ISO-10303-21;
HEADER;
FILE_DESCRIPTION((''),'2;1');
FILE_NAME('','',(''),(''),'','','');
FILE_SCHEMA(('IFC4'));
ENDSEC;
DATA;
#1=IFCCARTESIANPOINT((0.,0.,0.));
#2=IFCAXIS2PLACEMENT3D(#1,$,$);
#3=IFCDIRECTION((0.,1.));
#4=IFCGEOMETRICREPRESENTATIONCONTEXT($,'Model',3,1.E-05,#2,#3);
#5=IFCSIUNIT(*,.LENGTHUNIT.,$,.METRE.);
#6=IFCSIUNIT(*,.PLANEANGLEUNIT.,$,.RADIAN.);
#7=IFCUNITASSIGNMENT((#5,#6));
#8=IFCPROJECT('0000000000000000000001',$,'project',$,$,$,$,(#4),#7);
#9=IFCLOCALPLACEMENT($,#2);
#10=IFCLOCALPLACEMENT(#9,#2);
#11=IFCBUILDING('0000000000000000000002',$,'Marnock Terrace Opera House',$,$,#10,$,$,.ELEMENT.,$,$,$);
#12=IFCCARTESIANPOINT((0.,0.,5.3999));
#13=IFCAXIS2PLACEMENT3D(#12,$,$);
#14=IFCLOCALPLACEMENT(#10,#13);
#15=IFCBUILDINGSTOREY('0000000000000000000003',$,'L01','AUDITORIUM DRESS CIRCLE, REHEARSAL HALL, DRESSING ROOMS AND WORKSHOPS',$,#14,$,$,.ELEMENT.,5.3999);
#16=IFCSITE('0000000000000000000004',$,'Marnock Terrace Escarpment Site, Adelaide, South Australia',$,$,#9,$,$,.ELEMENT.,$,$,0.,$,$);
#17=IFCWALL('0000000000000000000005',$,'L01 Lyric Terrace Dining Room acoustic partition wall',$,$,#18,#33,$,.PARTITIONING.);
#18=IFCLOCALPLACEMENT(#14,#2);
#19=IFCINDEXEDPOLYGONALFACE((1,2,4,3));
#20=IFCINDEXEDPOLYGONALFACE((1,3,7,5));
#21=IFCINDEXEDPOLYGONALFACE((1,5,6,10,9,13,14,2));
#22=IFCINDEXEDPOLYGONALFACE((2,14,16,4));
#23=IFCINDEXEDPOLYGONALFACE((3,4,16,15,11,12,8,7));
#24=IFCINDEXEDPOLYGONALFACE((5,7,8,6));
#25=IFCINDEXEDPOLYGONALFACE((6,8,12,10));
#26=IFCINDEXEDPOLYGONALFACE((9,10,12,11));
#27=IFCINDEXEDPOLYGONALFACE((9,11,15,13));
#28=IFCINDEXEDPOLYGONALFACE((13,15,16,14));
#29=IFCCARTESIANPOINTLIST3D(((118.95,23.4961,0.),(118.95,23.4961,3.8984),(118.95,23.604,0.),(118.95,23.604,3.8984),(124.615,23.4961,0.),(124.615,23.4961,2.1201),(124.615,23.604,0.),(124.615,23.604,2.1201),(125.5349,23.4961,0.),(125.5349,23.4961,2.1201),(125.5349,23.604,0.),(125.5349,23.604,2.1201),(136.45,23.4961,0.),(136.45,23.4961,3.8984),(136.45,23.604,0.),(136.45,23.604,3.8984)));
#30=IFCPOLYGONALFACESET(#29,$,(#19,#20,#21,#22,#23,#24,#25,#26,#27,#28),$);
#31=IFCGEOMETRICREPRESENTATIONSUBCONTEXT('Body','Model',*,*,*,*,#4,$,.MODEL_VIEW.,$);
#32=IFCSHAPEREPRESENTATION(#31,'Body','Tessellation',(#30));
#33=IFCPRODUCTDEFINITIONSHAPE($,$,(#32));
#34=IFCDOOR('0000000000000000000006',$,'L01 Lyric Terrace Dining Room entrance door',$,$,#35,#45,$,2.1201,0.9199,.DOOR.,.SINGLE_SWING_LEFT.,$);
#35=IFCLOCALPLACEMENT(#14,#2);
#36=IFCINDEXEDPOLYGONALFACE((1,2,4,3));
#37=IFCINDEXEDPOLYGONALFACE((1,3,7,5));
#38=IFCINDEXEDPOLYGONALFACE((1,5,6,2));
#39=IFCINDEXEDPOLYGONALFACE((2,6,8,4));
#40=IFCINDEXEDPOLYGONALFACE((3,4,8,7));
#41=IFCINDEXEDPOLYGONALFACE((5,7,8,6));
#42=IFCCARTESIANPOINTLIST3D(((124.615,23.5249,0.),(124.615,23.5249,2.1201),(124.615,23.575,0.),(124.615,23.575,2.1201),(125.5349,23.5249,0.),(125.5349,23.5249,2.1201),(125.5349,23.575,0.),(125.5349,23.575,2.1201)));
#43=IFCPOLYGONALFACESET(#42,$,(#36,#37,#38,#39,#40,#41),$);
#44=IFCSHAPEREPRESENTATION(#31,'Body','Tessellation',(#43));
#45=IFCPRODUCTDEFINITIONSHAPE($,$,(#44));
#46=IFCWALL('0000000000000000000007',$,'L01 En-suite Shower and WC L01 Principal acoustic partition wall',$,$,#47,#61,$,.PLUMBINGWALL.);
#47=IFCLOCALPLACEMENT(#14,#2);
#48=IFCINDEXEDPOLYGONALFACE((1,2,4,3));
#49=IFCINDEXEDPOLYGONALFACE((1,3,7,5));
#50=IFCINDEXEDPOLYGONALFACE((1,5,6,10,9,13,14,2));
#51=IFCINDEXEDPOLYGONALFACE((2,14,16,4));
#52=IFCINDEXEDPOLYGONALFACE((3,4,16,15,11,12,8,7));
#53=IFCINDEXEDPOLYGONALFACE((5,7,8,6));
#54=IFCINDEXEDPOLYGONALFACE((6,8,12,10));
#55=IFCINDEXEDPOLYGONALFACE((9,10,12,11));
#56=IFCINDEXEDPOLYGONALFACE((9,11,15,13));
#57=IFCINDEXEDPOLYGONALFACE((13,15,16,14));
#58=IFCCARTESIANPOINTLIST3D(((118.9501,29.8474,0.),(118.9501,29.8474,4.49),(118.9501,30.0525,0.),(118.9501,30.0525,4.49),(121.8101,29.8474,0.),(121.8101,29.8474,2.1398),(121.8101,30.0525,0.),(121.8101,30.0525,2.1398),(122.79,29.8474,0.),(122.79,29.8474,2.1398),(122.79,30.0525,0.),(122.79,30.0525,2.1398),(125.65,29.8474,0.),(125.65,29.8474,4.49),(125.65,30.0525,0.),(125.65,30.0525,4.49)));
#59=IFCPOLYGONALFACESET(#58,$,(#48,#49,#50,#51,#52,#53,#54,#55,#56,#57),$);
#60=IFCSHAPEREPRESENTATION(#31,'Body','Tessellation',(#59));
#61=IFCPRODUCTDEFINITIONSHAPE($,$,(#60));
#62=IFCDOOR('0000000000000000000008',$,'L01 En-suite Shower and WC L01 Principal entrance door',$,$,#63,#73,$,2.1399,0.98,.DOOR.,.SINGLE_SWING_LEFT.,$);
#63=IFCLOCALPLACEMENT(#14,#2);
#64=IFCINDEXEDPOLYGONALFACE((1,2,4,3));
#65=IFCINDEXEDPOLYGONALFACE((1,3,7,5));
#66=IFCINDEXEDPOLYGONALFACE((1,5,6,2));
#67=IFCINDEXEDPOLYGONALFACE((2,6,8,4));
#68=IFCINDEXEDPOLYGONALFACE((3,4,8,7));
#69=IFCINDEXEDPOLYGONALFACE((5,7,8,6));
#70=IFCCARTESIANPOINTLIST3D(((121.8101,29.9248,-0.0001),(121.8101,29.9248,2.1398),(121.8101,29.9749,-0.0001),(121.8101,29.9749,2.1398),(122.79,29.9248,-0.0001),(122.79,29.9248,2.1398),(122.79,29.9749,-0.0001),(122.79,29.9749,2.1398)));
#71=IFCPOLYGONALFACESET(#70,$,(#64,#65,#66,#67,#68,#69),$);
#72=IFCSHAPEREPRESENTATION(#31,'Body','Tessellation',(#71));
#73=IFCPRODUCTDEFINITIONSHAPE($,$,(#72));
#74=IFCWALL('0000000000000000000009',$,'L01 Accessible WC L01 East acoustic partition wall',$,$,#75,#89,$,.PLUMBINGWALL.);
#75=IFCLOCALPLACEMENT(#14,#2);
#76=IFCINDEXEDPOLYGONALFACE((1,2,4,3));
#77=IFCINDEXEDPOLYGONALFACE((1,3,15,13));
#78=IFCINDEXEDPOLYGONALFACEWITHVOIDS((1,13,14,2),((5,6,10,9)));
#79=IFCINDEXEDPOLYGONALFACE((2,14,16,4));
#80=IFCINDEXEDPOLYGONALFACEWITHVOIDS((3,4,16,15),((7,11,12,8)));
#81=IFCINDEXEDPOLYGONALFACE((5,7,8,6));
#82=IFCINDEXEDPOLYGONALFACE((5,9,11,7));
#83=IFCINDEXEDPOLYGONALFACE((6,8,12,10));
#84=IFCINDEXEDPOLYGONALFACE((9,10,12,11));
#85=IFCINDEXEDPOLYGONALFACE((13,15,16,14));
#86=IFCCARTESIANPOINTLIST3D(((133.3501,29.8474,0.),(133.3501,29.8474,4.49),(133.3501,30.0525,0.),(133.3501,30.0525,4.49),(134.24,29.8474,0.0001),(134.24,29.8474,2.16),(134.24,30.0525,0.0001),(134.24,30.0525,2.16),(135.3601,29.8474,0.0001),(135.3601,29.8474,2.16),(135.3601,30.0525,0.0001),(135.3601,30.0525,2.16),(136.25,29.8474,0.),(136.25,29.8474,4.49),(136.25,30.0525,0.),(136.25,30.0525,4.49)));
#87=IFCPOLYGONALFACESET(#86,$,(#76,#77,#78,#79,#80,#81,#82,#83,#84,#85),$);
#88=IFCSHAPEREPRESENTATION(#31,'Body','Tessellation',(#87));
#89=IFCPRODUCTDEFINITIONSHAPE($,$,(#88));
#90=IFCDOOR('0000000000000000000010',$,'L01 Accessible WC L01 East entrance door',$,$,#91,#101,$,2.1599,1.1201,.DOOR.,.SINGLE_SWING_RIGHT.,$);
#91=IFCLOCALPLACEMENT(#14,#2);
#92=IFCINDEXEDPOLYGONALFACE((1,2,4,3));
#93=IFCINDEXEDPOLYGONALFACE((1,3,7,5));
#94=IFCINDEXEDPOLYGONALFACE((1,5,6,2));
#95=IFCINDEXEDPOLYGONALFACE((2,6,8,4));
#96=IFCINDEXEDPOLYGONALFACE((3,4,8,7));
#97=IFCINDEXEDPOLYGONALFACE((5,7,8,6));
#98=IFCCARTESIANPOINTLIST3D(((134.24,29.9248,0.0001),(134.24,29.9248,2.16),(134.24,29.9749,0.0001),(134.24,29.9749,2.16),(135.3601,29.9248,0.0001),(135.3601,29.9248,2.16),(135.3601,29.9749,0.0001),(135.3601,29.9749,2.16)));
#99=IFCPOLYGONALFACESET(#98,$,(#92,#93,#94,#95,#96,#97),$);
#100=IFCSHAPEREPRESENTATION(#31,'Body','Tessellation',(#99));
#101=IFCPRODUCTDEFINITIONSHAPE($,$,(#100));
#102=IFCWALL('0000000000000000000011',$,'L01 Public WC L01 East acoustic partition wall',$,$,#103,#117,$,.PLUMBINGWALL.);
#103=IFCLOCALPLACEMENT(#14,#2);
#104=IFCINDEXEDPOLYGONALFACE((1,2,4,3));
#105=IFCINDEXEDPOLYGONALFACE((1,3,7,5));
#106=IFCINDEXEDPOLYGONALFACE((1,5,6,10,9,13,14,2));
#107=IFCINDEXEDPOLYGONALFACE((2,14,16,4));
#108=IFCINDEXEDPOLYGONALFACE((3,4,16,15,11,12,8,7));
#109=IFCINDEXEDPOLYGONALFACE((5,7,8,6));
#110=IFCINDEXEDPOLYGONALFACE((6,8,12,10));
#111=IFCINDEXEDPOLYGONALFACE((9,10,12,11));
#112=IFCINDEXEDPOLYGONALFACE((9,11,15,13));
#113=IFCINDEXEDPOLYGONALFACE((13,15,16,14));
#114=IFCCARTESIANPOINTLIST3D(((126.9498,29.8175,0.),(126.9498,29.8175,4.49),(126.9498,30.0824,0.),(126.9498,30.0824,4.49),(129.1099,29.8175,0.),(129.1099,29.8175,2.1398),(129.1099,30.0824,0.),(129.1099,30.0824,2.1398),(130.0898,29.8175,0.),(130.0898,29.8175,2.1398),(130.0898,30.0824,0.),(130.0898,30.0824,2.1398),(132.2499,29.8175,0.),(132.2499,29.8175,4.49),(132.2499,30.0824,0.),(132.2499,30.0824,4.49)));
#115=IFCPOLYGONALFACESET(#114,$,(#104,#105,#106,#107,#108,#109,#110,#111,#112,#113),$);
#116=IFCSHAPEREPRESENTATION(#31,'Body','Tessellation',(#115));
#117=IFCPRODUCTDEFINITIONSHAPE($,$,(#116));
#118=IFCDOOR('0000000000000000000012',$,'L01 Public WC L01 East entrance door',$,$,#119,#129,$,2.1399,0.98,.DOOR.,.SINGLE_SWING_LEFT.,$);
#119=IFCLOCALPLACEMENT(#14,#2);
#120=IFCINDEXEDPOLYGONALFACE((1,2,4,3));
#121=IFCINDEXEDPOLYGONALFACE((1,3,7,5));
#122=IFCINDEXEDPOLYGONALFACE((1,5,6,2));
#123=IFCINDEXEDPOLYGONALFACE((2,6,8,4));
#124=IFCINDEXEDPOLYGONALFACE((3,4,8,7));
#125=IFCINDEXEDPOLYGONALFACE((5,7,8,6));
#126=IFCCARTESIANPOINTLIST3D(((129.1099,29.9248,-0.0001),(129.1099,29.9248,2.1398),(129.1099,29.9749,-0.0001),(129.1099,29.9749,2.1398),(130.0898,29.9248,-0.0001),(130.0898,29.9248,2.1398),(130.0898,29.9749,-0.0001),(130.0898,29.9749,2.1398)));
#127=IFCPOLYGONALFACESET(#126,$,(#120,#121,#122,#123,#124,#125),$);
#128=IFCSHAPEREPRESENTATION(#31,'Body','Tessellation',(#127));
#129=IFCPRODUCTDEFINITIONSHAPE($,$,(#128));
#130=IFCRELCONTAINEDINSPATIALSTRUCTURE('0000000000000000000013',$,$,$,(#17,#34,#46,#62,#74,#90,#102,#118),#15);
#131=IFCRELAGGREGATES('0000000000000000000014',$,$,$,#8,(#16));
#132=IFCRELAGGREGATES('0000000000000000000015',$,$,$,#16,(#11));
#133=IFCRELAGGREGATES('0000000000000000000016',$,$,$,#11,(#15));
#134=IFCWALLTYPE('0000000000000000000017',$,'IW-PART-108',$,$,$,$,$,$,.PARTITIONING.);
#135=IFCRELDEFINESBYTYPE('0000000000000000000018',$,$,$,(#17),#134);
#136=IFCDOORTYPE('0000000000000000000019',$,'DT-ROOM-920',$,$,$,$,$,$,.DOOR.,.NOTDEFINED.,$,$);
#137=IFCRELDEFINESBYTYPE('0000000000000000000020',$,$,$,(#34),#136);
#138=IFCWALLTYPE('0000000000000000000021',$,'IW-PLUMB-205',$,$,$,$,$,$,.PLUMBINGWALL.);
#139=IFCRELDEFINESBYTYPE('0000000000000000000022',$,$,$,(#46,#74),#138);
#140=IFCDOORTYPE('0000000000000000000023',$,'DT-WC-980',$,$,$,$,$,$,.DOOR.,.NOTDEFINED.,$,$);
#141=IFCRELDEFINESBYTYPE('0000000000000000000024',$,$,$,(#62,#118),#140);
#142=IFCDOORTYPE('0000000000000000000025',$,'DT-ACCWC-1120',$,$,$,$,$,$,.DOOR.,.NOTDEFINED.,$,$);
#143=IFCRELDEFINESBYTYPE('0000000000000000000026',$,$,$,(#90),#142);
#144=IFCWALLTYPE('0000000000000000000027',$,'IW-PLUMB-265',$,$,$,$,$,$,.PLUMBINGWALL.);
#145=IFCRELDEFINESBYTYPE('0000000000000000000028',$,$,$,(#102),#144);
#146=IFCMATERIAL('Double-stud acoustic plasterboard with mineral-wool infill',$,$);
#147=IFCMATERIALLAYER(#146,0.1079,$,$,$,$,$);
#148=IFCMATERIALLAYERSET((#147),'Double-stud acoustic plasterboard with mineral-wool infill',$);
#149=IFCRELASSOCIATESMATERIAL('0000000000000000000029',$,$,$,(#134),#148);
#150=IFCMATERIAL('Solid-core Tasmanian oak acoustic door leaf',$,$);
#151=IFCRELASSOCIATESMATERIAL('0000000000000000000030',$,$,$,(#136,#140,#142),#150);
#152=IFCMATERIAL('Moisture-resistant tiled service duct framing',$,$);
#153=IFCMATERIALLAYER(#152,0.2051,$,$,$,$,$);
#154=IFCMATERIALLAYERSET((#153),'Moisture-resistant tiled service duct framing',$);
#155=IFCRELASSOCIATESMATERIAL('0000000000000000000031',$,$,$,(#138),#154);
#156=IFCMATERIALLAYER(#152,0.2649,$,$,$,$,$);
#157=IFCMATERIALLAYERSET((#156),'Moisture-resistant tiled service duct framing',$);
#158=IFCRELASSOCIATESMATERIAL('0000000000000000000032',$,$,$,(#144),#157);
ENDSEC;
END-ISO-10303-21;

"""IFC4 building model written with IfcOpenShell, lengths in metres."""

from ifc_helpers import new_model, si_unit, direction, frame, frame_2d, origin, place, context, subcontext, project, spatial, rectangle, extrude, material, layer, layer_set, type_object, element, fill, save


model = new_model("IFC4")

# Units and contexts
model_context = context("Model", 3, precision=1e-05, world=origin(), true_north=direction((0.0, 1.0)))
body_context = subcontext(model_context, "Body", "Model", "MODEL_VIEW")
ifc_project = project(units=[si_unit("LENGTHUNIT", "METRE"), si_unit("PLANEANGLEUNIT", "RADIAN")], contexts=[model_context])

# Site, building, storey
site_placement = place(None, origin())
site = spatial("IfcSite", under=ifc_project, at=site_placement, Name="Marnock Terrace Escarpment Site, Adelaide, South Australia", CompositionType="ELEMENT", RefElevation=0.0)
building_placement = place(site_placement, origin())
building = spatial("IfcBuilding", under=site, at=building_placement, Name="Marnock Terrace Opera House", CompositionType="ELEMENT")
storey_placement = place(building_placement, frame((0.0, 0.0, 5.3999)))
storey = spatial("IfcBuildingStorey", under=building, at=storey_placement, Name="L01", Description="AUDITORIUM DRESS CIRCLE, REHEARSAL HALL, DRESSING ROOMS AND WORKSHOPS", CompositionType="ELEMENT", Elevation=5.3999)

# Walls, openings, doors
ifc_material_1 = material(Name="Double-stud acoustic plasterboard with mineral-wool infill")
ifc_layer_1 = layer(ifc_material_1, 0.1079)
ifc_layer_set_1 = layer_set([ifc_layer_1], Name="Double-stud acoustic plasterboard with mineral-wool infill")
wall_type_1 = type_object("IfcWallType", Name="IW-PART-108", PredefinedType="PARTITIONING", material=ifc_layer_set_1)
wall_1_placement = place(storey_placement, frame((118.95, 23.55, 0.0), z_axis=(0.0, 0.0, 1.0), x_axis=(1.0, 0.0, 0.0)))
wall_1 = element("IfcWall", 1, at=wall_1_placement, inside=storey, type_object=wall_type_1, Name="L01 Lyric Terrace Dining Room acoustic partition wall", PredefinedType="PARTITIONING", context=body_context, shape_type="SweptSolid", body=[
    extrude(rectangle(XDim=17.5, YDim=0.1079, at=frame_2d((8.75, 0.0))), origin(), (0.0, 0.0, 1.0), 3.8984),
])
opening_1_placement = place(wall_1_placement, frame((5.665, 0.0, 0.0)))
opening_1 = element("IfcOpeningElement", 2, at=opening_1_placement, cuts=wall_1, PredefinedType="OPENING", context=body_context, shape_type="SweptSolid", body=[
    extrude(rectangle(XDim=0.9199, YDim=2.1201, at=frame_2d((0.46, 1.0601))), frame((0.0, 0.064, 0.0), z_axis=(0.0, -1.0, 0.0), x_axis=(1.0, 0.0, 0.0)), (0.0, 0.0, 1.0), 0.1279),
])
ifc_material_2 = material(Name="Solid-core Tasmanian oak acoustic door leaf")
door_type_1 = type_object("IfcDoorType", Name="DT-ROOM-920", OperationType="NOTDEFINED", PredefinedType="DOOR", material=ifc_material_2)
door_1_placement = place(opening_1_placement, origin())
door_1 = element("IfcDoor", 3, at=door_1_placement, inside=storey, type_object=door_type_1, Name="L01 Lyric Terrace Dining Room entrance door", OperationType="SINGLE_SWING_LEFT", OverallHeight=2.1201, OverallWidth=0.9199, PredefinedType="DOOR", context=body_context, shape_type="SweptSolid", body=[
    extrude(rectangle(XDim=0.9199, YDim=2.1201, at=frame_2d((0.46, 1.0601))), frame((0.0, 0.0249, 0.0), z_axis=(0.0, -1.0, 0.0), x_axis=(1.0, 0.0, 0.0)), (0.0, 0.0, 1.0), 0.05),
])
fill(opening_1, door_1)
ifc_material_3 = material(Name="Moisture-resistant tiled service duct framing")
ifc_layer_2 = layer(ifc_material_3, 0.2051)
ifc_layer_set_2 = layer_set([ifc_layer_2], Name="Moisture-resistant tiled service duct framing")
wall_type_2 = type_object("IfcWallType", Name="IW-PLUMB-205", PredefinedType="PLUMBINGWALL", material=ifc_layer_set_2)
wall_2_placement = place(storey_placement, frame((118.95, 29.95, 0.0), z_axis=(0.0, 0.0, 1.0), x_axis=(1.0, 0.0, 0.0)))
wall_2 = element("IfcWall", 4, at=wall_2_placement, inside=storey, type_object=wall_type_2, Name="L01 En-suite Shower and WC L01 Principal acoustic partition wall", PredefinedType="PLUMBINGWALL", context=body_context, shape_type="SweptSolid", body=[
    extrude(rectangle(XDim=6.7, YDim=0.2051, at=frame_2d((3.3501, 0.0))), origin(), (0.0, 0.0, 1.0), 4.49),
])
opening_2_placement = place(wall_2_placement, frame((2.8601, 0.0, 0.0)))
opening_2 = element("IfcOpeningElement", 5, at=opening_2_placement, cuts=wall_2, PredefinedType="OPENING", context=body_context, shape_type="SweptSolid", body=[
    extrude(rectangle(XDim=0.98, YDim=2.1399, at=frame_2d((0.49, 1.0698))), frame((0.0, 0.1125, 0.0), z_axis=(0.0, -1.0, 0.0), x_axis=(1.0, 0.0, 0.0)), (0.0, 0.0, 1.0), 0.2251),
])
door_type_2 = type_object("IfcDoorType", Name="DT-WC-980", OperationType="NOTDEFINED", PredefinedType="DOOR", material=ifc_material_2)
door_2_placement = place(opening_2_placement, origin())
door_2 = element("IfcDoor", 6, at=door_2_placement, inside=storey, type_object=door_type_2, Name="L01 En-suite Shower and WC L01 Principal entrance door", OperationType="SINGLE_SWING_LEFT", OverallHeight=2.1399, OverallWidth=0.98, PredefinedType="DOOR", context=body_context, shape_type="SweptSolid", body=[
    extrude(rectangle(XDim=0.98, YDim=2.1399, at=frame_2d((0.49, 1.0698))), frame((0.0, 0.0249, 0.0), z_axis=(0.0, -1.0, 0.0), x_axis=(1.0, 0.0, 0.0)), (0.0, 0.0, 1.0), 0.05),
])
fill(opening_2, door_2)
wall_3_placement = place(storey_placement, frame((133.3501, 29.95, 0.0), z_axis=(0.0, 0.0, 1.0), x_axis=(1.0, 0.0, 0.0)))
wall_3 = element("IfcWall", 7, at=wall_3_placement, inside=storey, type_object=wall_type_2, Name="L01 Accessible WC L01 East acoustic partition wall", PredefinedType="PLUMBINGWALL", context=body_context, shape_type="SweptSolid", body=[
    extrude(rectangle(XDim=2.8999, YDim=0.2051, at=frame_2d((1.45, 0.0))), origin(), (0.0, 0.0, 1.0), 4.49),
])
opening_3_placement = place(wall_3_placement, frame((0.8899, 0.0, 0.0)))
opening_3 = element("IfcOpeningElement", 8, at=opening_3_placement, cuts=wall_3, PredefinedType="OPENING", context=body_context, shape_type="SweptSolid", body=[
    extrude(rectangle(XDim=1.1201, YDim=2.1599, at=frame_2d((0.5601, 1.0801))), frame((0.0, 0.1125, 0.0), z_axis=(0.0, -1.0, 0.0), x_axis=(1.0, 0.0, 0.0)), (0.0, 0.0, 1.0), 0.2251),
])
door_type_3 = type_object("IfcDoorType", Name="DT-ACCWC-1120", OperationType="NOTDEFINED", PredefinedType="DOOR", material=ifc_material_2)
door_3_placement = place(opening_3_placement, origin())
door_3 = element("IfcDoor", 9, at=door_3_placement, inside=storey, type_object=door_type_3, Name="L01 Accessible WC L01 East entrance door", OperationType="SINGLE_SWING_RIGHT", OverallHeight=2.1599, OverallWidth=1.1201, PredefinedType="DOOR", context=body_context, shape_type="SweptSolid", body=[
    extrude(rectangle(XDim=1.1201, YDim=2.1599, at=frame_2d((0.5601, 1.0801))), frame((0.0, 0.0249, 0.0), z_axis=(0.0, -1.0, 0.0), x_axis=(1.0, 0.0, 0.0)), (0.0, 0.0, 1.0), 0.05),
])
fill(opening_3, door_3)
ifc_layer_3 = layer(ifc_material_3, 0.2649)
ifc_layer_set_3 = layer_set([ifc_layer_3], Name="Moisture-resistant tiled service duct framing")
wall_type_3 = type_object("IfcWallType", Name="IW-PLUMB-265", PredefinedType="PLUMBINGWALL", material=ifc_layer_set_3)
wall_4_placement = place(storey_placement, frame((126.95, 29.95, 0.0), z_axis=(0.0, 0.0, 1.0), x_axis=(1.0, 0.0, 0.0)))
wall_4 = element("IfcWall", 10, at=wall_4_placement, inside=storey, type_object=wall_type_3, Name="L01 Public WC L01 East acoustic partition wall", PredefinedType="PLUMBINGWALL", context=body_context, shape_type="SweptSolid", body=[
    extrude(rectangle(XDim=5.3, YDim=0.2649, at=frame_2d((2.6499, 0.0))), origin(), (0.0, 0.0, 1.0), 4.49),
])
opening_4_placement = place(wall_4_placement, frame((2.1599, 0.0, 0.0)))
opening_4 = element("IfcOpeningElement", 11, at=opening_4_placement, cuts=wall_4, PredefinedType="OPENING", context=body_context, shape_type="SweptSolid", body=[
    extrude(rectangle(XDim=0.98, YDim=2.1399, at=frame_2d((0.49, 1.0698))), frame((0.0, 0.1423, 0.0), z_axis=(0.0, -1.0, 0.0), x_axis=(1.0, 0.0, 0.0)), (0.0, 0.0, 1.0), 0.2849),
])
door_4_placement = place(opening_4_placement, origin())
door_4 = element("IfcDoor", 12, at=door_4_placement, inside=storey, type_object=door_type_2, Name="L01 Public WC L01 East entrance door", OperationType="SINGLE_SWING_LEFT", OverallHeight=2.1399, OverallWidth=0.98, PredefinedType="DOOR", context=body_context, shape_type="SweptSolid", body=[
    extrude(rectangle(XDim=0.98, YDim=2.1399, at=frame_2d((0.49, 1.0698))), frame((0.0, 0.0249, 0.0), z_axis=(0.0, -1.0, 0.0), x_axis=(1.0, 0.0, 0.0)), (0.0, 0.0, 1.0), 0.05),
])
fill(opening_4, door_4)

save(model, "model.ifc")
